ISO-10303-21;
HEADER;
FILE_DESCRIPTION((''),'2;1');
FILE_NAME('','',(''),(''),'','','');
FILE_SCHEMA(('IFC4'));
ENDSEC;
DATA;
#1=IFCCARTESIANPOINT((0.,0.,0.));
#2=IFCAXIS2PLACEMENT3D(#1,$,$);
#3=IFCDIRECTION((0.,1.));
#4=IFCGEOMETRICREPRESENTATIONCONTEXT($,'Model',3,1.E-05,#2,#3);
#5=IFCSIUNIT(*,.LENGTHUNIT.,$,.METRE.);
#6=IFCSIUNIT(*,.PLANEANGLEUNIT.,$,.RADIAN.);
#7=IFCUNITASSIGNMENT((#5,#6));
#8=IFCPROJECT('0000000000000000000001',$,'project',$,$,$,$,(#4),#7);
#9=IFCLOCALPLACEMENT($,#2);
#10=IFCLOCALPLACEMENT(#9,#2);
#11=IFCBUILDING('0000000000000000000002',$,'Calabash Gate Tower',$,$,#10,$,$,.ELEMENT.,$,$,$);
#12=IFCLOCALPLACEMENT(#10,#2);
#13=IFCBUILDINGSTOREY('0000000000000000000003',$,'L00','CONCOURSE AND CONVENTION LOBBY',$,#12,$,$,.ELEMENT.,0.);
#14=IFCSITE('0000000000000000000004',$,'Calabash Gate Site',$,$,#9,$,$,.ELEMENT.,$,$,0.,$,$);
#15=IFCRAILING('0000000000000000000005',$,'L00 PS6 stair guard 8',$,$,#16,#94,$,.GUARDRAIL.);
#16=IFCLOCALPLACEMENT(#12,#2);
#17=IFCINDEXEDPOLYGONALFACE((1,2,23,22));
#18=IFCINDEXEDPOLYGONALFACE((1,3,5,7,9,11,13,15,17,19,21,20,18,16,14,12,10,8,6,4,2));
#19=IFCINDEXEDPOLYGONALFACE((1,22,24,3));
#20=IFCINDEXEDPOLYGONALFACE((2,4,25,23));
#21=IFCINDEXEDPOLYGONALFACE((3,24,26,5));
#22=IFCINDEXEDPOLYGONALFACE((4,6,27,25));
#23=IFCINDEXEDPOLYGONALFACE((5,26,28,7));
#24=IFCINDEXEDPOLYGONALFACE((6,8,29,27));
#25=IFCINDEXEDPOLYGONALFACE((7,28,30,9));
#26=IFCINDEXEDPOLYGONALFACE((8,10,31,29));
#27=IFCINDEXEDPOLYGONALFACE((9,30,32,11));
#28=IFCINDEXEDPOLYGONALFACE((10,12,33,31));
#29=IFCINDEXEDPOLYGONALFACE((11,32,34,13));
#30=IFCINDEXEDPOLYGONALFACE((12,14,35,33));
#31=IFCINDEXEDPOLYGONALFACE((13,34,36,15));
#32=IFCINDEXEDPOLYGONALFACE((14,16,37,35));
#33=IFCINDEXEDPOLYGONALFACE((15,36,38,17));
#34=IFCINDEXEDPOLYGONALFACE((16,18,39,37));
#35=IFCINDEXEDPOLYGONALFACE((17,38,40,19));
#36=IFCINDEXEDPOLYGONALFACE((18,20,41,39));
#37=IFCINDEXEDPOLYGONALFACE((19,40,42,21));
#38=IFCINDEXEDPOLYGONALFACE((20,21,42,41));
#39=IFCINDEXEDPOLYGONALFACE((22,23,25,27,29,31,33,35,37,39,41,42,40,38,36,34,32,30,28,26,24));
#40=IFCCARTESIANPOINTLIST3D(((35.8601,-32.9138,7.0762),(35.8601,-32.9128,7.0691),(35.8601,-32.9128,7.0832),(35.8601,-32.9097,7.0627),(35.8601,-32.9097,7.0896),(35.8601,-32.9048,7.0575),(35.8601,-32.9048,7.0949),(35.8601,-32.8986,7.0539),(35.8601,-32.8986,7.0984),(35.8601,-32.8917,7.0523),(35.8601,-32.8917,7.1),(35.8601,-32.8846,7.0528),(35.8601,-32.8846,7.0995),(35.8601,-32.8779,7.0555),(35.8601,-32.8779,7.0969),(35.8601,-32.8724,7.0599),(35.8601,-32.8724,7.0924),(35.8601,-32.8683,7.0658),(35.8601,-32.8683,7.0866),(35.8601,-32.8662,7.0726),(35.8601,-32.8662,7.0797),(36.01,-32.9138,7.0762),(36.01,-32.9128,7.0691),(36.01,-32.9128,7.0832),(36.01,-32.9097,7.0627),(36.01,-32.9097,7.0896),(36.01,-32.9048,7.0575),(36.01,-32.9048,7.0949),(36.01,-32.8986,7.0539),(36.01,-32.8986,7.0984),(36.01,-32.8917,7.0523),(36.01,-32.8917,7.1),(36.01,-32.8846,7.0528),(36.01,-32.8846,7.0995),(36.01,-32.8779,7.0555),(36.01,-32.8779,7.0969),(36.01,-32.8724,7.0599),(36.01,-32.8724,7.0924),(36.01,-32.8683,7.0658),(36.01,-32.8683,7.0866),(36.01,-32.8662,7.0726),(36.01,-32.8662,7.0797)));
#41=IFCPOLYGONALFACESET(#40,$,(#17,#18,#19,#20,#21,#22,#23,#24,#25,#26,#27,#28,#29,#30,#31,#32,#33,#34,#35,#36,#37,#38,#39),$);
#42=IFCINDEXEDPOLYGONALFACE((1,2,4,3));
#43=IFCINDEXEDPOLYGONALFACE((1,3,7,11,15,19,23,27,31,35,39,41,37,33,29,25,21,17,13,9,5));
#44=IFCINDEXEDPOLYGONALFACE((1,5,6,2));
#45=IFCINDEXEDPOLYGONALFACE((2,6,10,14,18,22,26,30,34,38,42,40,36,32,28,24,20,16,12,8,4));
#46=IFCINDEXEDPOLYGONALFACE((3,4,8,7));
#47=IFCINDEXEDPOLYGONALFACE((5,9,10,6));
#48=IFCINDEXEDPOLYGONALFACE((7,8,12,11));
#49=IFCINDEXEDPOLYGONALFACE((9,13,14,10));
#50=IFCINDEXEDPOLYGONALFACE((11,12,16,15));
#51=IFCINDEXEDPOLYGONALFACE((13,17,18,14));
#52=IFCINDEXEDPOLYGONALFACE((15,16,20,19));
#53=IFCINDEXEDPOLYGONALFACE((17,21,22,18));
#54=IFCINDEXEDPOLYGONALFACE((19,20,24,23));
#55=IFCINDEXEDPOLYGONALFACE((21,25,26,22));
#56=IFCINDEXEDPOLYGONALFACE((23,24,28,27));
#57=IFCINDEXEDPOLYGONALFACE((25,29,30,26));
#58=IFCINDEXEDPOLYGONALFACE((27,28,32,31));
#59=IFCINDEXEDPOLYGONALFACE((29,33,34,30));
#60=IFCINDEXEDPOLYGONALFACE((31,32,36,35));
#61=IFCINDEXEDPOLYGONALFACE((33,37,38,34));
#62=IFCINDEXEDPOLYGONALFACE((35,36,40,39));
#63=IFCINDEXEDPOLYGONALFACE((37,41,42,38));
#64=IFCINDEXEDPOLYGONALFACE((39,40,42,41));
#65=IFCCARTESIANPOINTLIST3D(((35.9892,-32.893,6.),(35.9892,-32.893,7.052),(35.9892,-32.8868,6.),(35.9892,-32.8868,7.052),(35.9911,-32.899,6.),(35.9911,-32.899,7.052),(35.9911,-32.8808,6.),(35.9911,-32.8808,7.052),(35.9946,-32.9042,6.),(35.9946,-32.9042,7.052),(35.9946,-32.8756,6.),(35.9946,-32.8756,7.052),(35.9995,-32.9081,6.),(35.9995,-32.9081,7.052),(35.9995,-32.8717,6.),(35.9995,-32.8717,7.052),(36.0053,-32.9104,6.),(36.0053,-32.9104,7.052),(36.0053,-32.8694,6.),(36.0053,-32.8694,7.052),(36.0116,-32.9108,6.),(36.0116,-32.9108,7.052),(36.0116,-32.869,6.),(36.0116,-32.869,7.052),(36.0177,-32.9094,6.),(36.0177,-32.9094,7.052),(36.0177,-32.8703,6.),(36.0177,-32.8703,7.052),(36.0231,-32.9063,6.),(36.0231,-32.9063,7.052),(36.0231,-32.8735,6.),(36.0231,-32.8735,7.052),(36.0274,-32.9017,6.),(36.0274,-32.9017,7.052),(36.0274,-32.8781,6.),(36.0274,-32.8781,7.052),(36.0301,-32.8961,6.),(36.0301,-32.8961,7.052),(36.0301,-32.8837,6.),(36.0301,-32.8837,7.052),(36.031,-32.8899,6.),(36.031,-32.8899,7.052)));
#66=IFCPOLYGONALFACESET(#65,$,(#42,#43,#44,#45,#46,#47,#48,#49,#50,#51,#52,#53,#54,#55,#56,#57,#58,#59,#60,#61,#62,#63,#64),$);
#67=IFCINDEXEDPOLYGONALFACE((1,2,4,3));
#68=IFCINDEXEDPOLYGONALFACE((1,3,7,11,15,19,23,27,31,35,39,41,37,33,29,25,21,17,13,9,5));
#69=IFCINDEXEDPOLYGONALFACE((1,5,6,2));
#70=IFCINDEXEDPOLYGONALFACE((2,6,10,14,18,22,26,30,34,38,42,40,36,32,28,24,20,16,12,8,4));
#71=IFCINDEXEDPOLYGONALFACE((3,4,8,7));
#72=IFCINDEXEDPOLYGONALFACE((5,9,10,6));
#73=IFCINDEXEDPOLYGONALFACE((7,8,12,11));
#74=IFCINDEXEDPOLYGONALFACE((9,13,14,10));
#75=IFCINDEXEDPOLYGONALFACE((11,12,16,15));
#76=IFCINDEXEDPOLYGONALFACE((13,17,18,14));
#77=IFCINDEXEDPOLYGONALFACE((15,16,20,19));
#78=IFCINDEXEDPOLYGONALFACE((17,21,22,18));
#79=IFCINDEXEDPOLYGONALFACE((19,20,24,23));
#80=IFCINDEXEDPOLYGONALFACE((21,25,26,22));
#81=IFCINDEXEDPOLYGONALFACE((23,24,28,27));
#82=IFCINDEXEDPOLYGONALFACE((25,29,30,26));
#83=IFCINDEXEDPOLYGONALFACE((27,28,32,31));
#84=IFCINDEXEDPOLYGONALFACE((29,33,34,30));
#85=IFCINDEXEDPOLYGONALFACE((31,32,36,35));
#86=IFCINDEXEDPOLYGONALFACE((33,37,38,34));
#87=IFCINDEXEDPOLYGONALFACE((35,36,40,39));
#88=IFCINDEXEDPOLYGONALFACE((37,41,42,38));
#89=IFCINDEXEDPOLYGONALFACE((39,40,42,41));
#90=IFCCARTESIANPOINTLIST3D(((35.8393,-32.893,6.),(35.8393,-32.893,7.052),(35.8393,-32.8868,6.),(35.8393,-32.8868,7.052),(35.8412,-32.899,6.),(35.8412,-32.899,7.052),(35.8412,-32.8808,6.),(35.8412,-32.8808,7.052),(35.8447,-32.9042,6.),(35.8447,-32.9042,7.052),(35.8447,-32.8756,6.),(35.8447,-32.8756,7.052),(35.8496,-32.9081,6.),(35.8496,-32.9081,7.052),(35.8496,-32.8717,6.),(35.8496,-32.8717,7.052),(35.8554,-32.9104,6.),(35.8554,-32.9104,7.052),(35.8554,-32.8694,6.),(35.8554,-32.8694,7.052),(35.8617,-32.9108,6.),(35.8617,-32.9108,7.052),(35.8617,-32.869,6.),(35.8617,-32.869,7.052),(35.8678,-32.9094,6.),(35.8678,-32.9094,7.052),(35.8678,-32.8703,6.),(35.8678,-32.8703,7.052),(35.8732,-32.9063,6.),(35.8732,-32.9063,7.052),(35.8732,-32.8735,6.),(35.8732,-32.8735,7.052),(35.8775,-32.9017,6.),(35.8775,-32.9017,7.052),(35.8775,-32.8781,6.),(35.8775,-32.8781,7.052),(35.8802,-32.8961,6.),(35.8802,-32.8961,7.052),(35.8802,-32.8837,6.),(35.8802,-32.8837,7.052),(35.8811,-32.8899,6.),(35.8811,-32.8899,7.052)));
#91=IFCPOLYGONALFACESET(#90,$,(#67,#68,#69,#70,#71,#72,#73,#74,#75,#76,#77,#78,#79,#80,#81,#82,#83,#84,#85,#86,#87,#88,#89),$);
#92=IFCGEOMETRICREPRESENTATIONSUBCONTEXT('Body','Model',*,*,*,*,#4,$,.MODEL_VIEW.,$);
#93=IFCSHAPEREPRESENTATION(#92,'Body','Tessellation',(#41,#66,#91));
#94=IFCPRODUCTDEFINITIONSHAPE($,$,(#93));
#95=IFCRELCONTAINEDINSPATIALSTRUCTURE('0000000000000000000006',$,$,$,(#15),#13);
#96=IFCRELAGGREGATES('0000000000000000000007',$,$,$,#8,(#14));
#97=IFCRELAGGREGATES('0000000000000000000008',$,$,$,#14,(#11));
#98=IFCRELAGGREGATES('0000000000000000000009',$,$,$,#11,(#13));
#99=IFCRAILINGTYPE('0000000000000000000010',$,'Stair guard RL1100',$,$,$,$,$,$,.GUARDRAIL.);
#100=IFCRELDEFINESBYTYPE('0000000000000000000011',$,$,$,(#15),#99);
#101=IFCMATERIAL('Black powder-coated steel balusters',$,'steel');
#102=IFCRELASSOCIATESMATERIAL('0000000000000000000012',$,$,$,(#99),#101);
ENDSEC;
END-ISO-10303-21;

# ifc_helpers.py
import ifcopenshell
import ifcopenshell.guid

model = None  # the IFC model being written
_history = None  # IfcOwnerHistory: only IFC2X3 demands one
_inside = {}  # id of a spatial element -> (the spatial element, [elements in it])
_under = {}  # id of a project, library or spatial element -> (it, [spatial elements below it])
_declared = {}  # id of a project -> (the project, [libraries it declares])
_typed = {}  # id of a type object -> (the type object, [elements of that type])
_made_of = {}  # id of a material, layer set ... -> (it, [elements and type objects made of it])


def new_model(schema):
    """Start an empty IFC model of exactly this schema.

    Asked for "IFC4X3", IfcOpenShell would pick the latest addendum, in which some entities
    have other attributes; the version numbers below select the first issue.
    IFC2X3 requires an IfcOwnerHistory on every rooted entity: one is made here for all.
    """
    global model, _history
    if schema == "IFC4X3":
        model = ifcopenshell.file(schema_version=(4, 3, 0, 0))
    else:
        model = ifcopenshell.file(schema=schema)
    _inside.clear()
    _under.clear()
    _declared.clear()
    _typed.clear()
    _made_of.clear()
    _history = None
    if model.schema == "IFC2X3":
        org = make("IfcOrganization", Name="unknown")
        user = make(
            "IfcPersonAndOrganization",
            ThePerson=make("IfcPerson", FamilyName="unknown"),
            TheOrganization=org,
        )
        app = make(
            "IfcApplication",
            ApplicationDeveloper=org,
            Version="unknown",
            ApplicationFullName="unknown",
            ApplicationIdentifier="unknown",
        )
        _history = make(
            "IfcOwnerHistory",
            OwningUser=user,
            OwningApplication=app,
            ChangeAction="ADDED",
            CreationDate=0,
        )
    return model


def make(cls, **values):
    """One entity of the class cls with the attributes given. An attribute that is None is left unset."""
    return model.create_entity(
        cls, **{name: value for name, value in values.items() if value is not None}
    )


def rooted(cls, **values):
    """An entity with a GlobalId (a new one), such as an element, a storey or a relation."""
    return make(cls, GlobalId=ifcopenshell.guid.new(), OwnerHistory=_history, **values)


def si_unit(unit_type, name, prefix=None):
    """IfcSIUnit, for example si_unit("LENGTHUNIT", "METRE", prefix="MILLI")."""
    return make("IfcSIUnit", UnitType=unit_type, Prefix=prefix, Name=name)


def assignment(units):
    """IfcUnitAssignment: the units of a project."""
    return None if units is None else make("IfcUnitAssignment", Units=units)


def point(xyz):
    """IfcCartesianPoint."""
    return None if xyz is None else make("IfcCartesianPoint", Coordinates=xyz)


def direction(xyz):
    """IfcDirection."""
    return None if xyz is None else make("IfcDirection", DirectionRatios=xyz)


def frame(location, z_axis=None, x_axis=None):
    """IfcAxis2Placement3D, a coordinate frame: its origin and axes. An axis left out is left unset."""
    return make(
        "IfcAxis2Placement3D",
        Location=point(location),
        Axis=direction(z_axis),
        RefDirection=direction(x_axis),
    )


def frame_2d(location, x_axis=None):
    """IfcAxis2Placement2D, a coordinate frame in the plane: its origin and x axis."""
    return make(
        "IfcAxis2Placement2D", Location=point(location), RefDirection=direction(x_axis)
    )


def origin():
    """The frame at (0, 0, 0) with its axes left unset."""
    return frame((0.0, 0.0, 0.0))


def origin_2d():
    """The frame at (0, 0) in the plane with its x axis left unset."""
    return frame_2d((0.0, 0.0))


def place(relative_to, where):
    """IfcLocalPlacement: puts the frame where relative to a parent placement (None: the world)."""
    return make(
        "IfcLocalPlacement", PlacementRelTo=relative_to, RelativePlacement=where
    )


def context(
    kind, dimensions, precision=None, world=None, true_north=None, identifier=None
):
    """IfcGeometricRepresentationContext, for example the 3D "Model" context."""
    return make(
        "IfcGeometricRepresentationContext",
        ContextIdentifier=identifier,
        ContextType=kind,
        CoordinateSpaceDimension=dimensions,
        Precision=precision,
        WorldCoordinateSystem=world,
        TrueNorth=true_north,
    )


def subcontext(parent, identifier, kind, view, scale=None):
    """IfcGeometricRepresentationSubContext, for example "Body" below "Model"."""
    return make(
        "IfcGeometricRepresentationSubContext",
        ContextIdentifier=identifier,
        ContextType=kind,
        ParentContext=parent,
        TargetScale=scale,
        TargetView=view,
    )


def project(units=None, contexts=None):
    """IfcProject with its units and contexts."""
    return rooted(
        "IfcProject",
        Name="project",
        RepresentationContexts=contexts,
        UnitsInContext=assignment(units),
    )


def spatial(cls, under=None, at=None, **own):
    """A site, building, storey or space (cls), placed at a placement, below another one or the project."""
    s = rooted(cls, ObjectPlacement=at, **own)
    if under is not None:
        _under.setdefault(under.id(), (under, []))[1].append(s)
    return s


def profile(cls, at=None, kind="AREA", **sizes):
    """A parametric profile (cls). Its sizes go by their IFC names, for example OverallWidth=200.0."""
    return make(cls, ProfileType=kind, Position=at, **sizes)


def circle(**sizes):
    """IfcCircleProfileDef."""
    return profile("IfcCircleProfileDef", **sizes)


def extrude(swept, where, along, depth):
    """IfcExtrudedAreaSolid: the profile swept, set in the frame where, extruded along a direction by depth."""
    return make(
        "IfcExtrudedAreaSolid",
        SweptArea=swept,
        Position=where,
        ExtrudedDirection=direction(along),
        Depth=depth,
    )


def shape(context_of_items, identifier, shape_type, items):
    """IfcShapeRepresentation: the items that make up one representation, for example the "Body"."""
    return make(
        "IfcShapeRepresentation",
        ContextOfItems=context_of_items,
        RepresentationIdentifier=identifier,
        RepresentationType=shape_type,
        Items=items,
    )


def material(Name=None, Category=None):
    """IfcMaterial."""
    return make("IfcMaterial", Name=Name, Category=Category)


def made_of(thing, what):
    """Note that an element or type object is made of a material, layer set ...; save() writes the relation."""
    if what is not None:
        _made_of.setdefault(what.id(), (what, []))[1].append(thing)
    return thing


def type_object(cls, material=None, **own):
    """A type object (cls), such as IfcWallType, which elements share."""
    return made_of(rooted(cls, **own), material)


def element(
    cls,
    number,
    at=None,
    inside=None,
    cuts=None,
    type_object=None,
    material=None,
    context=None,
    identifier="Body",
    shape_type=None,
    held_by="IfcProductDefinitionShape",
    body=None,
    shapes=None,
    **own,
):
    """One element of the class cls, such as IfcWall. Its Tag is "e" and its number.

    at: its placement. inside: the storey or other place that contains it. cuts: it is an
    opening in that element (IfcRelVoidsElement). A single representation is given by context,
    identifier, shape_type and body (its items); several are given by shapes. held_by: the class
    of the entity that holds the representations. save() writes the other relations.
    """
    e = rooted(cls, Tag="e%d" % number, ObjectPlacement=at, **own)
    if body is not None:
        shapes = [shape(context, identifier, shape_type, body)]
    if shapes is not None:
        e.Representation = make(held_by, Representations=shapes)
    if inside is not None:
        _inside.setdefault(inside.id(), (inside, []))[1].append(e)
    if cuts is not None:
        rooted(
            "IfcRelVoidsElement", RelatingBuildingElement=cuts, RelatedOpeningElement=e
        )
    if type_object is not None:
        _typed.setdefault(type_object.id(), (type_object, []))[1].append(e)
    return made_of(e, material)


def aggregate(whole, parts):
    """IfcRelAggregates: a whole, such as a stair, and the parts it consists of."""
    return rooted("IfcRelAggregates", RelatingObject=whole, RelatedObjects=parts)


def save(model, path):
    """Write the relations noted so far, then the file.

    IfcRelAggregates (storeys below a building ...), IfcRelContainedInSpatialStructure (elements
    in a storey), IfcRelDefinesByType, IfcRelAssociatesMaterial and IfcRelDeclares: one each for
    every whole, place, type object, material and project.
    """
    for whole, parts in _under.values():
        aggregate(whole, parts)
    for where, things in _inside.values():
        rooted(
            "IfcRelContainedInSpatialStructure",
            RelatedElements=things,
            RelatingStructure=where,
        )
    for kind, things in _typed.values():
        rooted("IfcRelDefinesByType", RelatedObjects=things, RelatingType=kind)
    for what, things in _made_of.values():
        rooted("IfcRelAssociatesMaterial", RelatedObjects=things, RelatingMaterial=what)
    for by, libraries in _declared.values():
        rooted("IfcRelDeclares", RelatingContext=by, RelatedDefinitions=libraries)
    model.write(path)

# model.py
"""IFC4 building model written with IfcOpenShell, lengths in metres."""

from ifc_helpers import new_model, si_unit, direction, frame, origin, origin_2d, place, context, subcontext, project, spatial, circle, extrude, material, type_object, element, save


model = new_model("IFC4")

# Units and contexts
model_context = context("Model", 3, precision=1e-05, world=origin(), true_north=direction((0.0, 1.0)))
body_context = subcontext(model_context, "Body", "Model", "MODEL_VIEW")
ifc_project = project(units=[si_unit("LENGTHUNIT", "METRE"), si_unit("PLANEANGLEUNIT", "RADIAN")], contexts=[model_context])

# Site, building, storey
site_placement = place(None, origin())
site = spatial("IfcSite", under=ifc_project, at=site_placement, Name="Calabash Gate Site", CompositionType="ELEMENT", RefElevation=0.0)
building_placement = place(site_placement, origin())
building = spatial("IfcBuilding", under=site, at=building_placement, Name="Calabash Gate Tower", CompositionType="ELEMENT")
storey_placement = place(building_placement, origin())
storey = spatial("IfcBuildingStorey", under=building, at=storey_placement, Name="L00", Description="CONCOURSE AND CONVENTION LOBBY", CompositionType="ELEMENT", Elevation=0.0)

# Railing
ifc_material_1 = material(Name="Black powder-coated steel balusters", Category="steel")
railing_type_1 = type_object("IfcRailingType", Name="Stair guard RL1100", PredefinedType="GUARDRAIL", material=ifc_material_1)
railing_1_placement = place(storey_placement, frame((36.01, -32.8899, 6.0)))
element("IfcRailing", 1, at=railing_1_placement, inside=storey, type_object=railing_type_1, Name="L00 PS6 stair guard 8", PredefinedType="GUARDRAIL", context=body_context, shape_type="SweptSolid", body=[
    extrude(circle(Radius=0.0239, at=origin_2d()), frame((0.0, 0.0, 1.0762), z_axis=(-1.0, 0.0, 0.0), x_axis=(0.0, -1.0, 0.0)), (0.0, 0.0, 1.0), 0.1499),
    extrude(circle(Radius=0.021, at=origin_2d()), origin(), (0.0, 0.0, 1.0), 1.052),
    extrude(circle(Radius=0.021, at=origin_2d()), frame((-0.1499, 0.0, 0.0)), (0.0, 0.0, 1.0), 1.052),
])

save(model, "model.ifc")
